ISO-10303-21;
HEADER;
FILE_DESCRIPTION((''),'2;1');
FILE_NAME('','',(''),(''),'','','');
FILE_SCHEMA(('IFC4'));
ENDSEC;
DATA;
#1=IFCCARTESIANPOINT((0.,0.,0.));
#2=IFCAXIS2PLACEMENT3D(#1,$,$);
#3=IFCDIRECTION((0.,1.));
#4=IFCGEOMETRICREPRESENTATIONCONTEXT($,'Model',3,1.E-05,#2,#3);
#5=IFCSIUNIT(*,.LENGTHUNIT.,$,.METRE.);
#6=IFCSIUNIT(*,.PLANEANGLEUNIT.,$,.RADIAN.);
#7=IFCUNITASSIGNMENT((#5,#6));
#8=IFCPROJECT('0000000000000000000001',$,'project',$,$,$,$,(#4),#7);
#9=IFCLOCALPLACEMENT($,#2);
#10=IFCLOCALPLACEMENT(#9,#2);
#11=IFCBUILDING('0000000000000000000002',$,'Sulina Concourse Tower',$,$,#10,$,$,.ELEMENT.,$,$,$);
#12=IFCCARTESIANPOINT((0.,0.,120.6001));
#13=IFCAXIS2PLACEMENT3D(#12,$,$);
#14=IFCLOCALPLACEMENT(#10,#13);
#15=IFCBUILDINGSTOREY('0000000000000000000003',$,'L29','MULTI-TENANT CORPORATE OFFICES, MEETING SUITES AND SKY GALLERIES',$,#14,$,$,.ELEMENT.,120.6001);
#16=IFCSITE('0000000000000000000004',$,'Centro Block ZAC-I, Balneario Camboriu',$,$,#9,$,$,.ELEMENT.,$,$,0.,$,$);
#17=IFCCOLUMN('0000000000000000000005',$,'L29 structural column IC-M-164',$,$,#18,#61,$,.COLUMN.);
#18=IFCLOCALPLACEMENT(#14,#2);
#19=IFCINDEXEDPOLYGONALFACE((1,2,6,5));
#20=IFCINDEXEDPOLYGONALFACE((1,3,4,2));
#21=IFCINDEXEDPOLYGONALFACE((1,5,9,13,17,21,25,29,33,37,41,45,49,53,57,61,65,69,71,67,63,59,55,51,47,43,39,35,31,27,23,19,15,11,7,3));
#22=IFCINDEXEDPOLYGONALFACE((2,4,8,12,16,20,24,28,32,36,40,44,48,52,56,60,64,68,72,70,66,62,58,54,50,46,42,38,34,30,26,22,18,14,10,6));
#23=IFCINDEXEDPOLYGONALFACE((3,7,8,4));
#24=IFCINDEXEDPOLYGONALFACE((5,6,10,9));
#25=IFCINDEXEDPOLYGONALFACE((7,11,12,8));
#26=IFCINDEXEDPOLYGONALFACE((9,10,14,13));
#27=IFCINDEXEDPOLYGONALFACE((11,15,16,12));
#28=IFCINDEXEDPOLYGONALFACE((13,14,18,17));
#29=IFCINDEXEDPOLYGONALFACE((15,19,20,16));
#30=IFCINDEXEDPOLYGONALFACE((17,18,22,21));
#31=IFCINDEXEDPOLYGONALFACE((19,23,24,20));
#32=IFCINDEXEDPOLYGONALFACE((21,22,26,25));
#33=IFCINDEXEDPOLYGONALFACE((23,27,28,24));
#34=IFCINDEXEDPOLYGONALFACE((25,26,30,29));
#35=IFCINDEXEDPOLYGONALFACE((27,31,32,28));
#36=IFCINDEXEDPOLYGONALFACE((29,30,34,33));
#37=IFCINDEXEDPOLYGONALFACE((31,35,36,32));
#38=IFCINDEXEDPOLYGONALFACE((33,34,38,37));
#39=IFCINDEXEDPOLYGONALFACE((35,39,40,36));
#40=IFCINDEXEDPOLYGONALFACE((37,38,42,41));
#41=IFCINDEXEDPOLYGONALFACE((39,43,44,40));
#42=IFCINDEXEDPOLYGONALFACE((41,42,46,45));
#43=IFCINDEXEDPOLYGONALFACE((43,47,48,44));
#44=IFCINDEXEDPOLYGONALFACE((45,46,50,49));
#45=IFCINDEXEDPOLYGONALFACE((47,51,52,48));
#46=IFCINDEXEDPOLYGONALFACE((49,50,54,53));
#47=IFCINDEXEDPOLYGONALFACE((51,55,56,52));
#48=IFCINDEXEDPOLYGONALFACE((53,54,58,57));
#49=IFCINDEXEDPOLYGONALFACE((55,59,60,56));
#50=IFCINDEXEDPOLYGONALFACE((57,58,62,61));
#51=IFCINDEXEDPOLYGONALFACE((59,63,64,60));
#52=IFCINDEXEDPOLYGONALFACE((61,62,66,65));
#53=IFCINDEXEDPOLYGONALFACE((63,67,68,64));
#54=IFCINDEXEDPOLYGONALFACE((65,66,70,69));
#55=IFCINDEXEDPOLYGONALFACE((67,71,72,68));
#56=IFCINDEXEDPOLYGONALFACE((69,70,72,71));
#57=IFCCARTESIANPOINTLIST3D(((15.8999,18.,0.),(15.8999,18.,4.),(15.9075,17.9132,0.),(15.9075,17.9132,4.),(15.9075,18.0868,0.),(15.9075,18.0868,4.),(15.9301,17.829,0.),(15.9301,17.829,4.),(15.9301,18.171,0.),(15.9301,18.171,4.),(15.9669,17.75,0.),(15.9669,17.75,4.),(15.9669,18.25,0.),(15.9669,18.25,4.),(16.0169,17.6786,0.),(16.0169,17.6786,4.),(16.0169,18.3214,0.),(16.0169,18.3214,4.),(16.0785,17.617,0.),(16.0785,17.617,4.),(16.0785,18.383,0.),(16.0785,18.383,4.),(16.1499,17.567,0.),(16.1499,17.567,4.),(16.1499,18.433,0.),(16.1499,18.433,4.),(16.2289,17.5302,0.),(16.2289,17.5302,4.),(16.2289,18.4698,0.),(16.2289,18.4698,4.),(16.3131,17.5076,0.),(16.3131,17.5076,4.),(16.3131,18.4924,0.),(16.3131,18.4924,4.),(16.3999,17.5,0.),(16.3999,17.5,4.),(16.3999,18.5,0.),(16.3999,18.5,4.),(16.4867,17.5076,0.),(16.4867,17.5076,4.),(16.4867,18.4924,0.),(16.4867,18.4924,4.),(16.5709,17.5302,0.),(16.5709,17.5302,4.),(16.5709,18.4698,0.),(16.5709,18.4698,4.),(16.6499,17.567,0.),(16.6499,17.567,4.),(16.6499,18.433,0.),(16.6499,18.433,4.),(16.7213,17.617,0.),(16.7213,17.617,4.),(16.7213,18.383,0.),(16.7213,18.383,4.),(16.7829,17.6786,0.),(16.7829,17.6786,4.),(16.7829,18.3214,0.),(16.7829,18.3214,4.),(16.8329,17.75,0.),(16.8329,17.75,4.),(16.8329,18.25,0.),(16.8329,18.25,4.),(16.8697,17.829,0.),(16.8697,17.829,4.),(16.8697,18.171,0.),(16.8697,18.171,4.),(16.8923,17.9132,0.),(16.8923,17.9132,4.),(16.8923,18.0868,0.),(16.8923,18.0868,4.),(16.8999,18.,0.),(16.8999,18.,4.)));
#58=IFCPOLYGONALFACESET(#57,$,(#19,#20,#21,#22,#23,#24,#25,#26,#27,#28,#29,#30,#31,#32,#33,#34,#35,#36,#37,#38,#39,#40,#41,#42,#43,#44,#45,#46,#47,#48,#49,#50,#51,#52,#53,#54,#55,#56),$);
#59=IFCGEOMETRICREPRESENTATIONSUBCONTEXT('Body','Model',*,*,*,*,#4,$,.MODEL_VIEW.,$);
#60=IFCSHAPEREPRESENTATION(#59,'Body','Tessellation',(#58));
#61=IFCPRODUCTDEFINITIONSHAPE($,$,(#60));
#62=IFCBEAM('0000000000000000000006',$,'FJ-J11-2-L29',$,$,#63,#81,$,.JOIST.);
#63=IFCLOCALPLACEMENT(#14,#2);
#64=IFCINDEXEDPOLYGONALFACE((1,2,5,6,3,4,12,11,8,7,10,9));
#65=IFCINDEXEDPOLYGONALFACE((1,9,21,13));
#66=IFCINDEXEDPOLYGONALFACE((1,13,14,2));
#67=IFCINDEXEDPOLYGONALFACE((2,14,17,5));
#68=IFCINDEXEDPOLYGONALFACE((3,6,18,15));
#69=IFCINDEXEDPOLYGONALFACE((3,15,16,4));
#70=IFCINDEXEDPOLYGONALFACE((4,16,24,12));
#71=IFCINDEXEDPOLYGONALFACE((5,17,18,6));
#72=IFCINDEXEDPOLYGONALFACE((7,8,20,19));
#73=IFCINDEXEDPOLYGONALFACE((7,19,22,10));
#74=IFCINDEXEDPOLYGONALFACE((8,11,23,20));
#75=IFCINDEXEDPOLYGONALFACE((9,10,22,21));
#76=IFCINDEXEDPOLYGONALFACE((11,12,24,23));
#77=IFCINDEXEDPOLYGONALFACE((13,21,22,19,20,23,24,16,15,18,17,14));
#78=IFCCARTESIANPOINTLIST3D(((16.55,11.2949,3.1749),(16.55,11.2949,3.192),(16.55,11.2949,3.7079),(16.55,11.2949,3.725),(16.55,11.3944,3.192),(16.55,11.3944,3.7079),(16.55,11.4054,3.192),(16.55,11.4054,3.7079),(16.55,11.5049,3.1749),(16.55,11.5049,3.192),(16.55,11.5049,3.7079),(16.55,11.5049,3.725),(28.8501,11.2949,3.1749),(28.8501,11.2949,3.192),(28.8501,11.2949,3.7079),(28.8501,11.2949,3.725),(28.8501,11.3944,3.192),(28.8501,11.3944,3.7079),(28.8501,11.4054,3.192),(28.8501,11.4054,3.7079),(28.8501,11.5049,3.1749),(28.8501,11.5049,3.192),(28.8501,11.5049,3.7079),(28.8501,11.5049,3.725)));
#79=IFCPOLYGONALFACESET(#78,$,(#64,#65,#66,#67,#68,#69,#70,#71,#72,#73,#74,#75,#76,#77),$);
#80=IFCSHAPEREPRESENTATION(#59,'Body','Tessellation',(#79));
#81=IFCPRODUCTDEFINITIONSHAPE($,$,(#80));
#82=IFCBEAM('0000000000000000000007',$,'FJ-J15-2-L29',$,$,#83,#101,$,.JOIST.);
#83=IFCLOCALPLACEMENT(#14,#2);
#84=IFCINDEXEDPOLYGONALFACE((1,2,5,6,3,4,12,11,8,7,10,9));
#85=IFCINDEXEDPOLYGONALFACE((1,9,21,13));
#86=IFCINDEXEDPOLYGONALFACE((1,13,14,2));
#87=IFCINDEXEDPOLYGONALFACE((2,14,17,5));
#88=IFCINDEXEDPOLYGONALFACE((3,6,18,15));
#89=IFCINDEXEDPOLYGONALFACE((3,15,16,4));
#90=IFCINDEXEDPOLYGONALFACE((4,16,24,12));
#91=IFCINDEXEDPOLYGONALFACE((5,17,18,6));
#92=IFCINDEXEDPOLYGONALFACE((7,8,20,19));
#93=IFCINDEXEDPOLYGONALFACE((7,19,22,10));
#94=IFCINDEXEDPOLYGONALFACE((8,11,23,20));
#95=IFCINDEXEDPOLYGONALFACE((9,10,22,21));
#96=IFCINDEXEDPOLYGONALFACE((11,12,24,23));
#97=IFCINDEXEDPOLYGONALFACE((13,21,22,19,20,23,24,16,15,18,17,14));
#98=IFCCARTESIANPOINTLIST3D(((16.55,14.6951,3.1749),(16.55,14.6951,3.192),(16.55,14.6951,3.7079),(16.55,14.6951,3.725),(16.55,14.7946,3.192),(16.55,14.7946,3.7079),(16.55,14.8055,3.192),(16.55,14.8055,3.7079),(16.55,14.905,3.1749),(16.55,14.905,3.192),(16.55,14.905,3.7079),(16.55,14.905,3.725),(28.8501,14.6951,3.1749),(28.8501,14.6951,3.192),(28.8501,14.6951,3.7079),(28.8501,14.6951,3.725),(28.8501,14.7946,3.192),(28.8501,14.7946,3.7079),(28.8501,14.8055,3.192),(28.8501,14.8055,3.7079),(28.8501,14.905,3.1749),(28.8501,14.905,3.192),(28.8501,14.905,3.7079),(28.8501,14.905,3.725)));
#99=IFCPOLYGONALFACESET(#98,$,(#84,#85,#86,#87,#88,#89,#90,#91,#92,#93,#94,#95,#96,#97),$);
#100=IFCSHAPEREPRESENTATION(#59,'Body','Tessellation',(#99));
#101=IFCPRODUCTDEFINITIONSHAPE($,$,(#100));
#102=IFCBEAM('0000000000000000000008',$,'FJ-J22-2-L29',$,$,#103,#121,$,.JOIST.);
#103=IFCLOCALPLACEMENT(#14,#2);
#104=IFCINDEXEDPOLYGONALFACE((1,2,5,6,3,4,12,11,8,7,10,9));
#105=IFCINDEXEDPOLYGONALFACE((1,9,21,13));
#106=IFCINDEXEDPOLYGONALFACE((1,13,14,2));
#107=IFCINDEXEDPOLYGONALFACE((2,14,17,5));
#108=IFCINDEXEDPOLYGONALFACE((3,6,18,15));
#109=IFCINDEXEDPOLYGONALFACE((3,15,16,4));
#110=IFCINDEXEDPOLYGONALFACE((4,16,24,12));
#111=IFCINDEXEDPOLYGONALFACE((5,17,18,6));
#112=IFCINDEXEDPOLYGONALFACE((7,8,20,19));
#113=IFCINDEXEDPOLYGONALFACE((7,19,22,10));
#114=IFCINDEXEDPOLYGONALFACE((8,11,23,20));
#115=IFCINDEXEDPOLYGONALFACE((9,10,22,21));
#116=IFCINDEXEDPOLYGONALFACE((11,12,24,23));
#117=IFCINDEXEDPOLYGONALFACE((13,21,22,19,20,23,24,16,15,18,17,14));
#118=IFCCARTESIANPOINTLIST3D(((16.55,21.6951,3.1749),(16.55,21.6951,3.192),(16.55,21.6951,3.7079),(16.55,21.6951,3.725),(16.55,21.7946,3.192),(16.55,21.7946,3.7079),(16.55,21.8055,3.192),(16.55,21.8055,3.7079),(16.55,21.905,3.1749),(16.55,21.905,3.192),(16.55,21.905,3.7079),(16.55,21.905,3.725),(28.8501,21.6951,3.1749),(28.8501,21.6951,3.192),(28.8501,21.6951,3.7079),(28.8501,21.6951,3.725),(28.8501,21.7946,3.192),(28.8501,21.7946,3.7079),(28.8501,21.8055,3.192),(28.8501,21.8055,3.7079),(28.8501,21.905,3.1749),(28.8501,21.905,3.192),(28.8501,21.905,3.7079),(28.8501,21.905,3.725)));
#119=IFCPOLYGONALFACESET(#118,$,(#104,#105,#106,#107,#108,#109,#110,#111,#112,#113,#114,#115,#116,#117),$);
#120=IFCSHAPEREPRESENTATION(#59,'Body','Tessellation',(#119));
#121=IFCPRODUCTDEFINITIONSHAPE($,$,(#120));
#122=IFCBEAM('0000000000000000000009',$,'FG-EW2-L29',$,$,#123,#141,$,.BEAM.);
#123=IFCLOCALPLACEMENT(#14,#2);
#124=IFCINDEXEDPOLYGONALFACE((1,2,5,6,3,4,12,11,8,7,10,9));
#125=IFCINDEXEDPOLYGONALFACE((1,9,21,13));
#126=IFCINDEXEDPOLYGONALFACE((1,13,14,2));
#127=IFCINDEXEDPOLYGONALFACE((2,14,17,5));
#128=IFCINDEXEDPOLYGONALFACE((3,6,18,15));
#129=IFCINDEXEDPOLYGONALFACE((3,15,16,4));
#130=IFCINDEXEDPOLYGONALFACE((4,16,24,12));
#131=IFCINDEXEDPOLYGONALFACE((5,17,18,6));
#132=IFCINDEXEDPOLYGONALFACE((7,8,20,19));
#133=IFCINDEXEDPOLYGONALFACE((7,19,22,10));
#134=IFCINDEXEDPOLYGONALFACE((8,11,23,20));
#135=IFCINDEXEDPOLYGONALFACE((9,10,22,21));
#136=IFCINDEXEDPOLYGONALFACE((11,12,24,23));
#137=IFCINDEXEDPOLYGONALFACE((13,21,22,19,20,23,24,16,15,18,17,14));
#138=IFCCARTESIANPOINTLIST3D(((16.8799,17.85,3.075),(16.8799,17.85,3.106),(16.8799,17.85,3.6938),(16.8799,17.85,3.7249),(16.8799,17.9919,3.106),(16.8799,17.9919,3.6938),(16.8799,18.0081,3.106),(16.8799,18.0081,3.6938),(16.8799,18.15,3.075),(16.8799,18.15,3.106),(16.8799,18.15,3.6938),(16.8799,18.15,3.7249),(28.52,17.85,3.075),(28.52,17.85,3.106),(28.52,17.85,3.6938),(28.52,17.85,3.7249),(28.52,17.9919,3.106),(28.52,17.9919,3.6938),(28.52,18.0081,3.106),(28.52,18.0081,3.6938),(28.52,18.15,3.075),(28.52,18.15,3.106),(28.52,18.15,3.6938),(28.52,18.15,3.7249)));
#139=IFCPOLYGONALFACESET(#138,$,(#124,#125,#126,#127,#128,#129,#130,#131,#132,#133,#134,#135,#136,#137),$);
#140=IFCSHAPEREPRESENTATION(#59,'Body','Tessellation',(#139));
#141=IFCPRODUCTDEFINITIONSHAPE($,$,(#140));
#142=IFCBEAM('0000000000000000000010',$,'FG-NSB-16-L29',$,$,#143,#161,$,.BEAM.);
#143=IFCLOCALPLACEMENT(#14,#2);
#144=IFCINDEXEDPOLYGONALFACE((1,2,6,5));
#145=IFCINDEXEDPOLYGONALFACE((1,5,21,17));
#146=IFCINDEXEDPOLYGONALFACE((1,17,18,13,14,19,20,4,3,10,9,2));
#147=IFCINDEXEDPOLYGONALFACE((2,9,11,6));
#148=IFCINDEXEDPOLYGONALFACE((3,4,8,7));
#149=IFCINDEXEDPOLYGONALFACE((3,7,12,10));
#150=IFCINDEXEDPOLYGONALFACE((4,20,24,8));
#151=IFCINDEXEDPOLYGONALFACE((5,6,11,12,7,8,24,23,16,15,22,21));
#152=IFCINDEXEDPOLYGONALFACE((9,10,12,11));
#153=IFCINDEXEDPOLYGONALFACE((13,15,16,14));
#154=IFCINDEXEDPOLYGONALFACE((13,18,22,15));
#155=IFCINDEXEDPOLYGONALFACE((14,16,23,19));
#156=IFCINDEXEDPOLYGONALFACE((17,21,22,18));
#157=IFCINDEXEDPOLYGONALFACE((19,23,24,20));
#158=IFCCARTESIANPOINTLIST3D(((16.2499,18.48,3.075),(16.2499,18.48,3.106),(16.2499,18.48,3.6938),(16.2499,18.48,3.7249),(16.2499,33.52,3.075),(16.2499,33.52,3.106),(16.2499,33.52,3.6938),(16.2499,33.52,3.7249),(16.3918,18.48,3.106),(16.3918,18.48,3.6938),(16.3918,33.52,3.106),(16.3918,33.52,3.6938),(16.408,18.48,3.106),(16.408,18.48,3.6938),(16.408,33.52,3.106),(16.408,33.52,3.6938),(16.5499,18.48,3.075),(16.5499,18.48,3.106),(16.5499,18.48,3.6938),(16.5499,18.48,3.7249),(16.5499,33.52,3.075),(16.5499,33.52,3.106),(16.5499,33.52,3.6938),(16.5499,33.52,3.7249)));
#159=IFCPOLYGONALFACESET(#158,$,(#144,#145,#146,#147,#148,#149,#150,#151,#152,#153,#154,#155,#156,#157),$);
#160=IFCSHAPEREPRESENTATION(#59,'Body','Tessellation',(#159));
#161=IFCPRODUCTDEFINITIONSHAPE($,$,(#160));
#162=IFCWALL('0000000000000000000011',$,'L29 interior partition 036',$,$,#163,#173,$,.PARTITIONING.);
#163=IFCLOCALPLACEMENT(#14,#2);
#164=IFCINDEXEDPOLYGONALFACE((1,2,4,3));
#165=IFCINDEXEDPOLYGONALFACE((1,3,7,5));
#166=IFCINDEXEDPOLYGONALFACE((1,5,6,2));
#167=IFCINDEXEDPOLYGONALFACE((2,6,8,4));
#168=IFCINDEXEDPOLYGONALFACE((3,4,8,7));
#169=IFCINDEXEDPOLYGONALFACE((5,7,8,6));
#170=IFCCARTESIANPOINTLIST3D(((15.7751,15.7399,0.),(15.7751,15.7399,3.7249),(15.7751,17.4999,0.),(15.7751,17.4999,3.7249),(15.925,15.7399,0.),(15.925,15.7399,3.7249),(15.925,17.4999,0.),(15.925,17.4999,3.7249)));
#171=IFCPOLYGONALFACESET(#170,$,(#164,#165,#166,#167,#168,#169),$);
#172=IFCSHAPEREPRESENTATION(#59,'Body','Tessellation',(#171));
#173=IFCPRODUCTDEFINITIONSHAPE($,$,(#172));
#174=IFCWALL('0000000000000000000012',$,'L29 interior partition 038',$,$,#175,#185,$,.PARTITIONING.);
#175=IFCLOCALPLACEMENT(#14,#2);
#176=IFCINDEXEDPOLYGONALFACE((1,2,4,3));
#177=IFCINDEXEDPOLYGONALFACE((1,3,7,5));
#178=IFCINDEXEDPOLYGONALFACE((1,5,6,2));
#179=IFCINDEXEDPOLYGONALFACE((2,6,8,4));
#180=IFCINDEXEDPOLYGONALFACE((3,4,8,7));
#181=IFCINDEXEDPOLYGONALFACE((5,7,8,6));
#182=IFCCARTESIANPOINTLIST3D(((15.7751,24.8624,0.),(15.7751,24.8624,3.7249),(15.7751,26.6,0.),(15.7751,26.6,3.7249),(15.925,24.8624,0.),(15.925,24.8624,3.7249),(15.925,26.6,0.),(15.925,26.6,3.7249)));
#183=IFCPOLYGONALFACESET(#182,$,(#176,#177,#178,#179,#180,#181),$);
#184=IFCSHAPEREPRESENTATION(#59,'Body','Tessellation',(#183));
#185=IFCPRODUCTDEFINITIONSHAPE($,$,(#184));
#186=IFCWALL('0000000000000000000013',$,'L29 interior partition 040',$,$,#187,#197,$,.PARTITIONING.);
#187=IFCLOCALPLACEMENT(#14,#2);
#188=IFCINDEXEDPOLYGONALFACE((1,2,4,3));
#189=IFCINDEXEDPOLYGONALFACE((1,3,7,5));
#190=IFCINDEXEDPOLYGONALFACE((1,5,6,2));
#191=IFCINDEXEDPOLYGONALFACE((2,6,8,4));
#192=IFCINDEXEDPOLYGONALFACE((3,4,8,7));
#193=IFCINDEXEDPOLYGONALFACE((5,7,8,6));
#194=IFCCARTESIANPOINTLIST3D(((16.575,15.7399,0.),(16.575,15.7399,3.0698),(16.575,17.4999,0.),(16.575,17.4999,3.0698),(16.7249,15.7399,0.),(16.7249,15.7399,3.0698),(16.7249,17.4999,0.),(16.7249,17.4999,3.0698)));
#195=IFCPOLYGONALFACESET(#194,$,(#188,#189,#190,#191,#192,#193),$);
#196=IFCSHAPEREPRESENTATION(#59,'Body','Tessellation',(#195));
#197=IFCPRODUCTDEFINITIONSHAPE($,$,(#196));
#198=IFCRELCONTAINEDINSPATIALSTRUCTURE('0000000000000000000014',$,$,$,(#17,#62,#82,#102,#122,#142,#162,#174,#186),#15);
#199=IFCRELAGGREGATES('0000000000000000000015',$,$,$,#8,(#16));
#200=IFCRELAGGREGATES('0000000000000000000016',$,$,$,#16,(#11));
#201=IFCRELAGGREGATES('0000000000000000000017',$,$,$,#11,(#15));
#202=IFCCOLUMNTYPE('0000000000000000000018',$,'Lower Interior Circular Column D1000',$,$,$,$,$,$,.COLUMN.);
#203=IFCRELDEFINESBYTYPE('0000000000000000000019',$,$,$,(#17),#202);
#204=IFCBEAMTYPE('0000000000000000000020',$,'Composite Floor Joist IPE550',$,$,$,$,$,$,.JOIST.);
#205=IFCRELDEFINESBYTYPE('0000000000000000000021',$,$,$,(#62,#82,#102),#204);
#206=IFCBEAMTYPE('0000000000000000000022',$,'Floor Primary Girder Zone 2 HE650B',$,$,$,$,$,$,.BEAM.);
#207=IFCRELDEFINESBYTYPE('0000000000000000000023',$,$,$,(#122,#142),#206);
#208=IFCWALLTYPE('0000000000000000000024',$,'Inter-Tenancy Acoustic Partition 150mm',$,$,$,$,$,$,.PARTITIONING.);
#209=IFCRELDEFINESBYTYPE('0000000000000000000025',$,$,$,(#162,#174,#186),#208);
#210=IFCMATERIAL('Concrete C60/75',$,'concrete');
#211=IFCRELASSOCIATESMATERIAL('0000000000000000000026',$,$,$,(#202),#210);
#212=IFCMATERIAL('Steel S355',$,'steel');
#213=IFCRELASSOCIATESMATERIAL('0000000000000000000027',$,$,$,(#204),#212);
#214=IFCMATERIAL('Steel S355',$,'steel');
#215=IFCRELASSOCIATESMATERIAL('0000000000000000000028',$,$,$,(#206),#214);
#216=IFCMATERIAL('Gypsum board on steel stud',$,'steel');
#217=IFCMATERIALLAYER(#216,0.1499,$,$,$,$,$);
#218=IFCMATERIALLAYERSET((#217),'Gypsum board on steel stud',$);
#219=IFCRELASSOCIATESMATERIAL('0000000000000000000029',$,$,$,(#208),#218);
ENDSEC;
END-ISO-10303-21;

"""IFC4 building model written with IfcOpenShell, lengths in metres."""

from ifc_helpers import new_model, si_unit, direction, frame, frame_2d, origin, origin_2d, place, context, subcontext, project, spatial, rectangle, circle, i_section, extrude, material, layer, layer_set, material_profile, profile_set, type_object, element, save


model = new_model("IFC4")

# Units and contexts
model_context = context("Model", 3, precision=1e-05, world=origin(), true_north=direction((0.0, 1.0)))
body_context = subcontext(model_context, "Body", "Model", "MODEL_VIEW")
ifc_project = project(units=[si_unit("LENGTHUNIT", "METRE"), si_unit("PLANEANGLEUNIT", "RADIAN")], contexts=[model_context])

# Site, building, storey
site_placement = place(None, origin())
site = spatial("IfcSite", under=ifc_project, at=site_placement, Name="Centro Block ZAC-I, Balneario Camboriu", CompositionType="ELEMENT", RefElevation=0.0)
building_placement = place(site_placement, origin())
building = spatial("IfcBuilding", under=site, at=building_placement, Name="Sulina Concourse Tower", CompositionType="ELEMENT")
storey_placement = place(building_placement, frame((0.0, 0.0, 120.6001)))
storey = spatial("IfcBuildingStorey", under=building, at=storey_placement, Name="L29", Description="MULTI-TENANT CORPORATE OFFICES, MEETING SUITES AND SKY GALLERIES", CompositionType="ELEMENT", Elevation=120.6001)

# Column
ifc_material_1 = material(Name="Concrete C60/75", Category="concrete")
ifc_material_profile_1 = material_profile(ifc_material_1, circle(Radius=0.5, at=origin_2d()), Name="RC D1000")
ifc_profile_set_1 = profile_set([ifc_material_profile_1], Name="Concrete C60/75")
column_type = type_object("IfcColumnType", Name="Lower Interior Circular Column D1000", PredefinedType="COLUMN", material=ifc_profile_set_1)
column_placement = place(storey_placement, frame((16.3999, 18.0, 0.0), z_axis=(0.0, 0.0, 1.0), x_axis=(1.0, 0.0, 0.0)))
element("IfcColumn", 1, at=column_placement, inside=storey, type_object=column_type, Name="L29 structural column IC-M-164", PredefinedType="COLUMN", context=body_context, shape_type="SweptSolid", body=[
    extrude(circle(Radius=0.5, at=origin_2d()), origin(), (0.0, 0.0, 1.0), 4.0),
])

# Beams
ifc_material_2 = material(Name="Steel S355", Category="steel")
ifc_material_profile_2 = material_profile(ifc_material_2, i_section(OverallWidth=0.21, OverallDepth=0.55, WebThickness=0.011, FlangeThickness=0.0171, at=origin_2d()), Name="IPE 550")
ifc_profile_set_2 = profile_set([ifc_material_profile_2], Name="Steel S355")
beam_type_1 = type_object("IfcBeamType", Name="Composite Floor Joist IPE550", PredefinedType="JOIST", material=ifc_profile_set_2)
for number, where, z_axis, x_axis, name in (
    (2, (16.55, 11.3999, 3.45), (1.0, 0.0, 0.0), (0.0, 1.0, 0.0), "FJ-J11-2-L29"),
    (3, (16.55, 14.8, 3.45), (1.0, 0.0, 0.0), (0.0, 1.0, 0.0), "FJ-J15-2-L29"),
    (4, (16.55, 21.8, 3.45), (1.0, 0.0, 0.0), (0.0, 1.0, 0.0), "FJ-J22-2-L29"),
):
    element("IfcBeam", number, at=place(storey_placement, frame(where, z_axis=z_axis, x_axis=x_axis)), inside=storey, type_object=beam_type_1, Name=name, PredefinedType="JOIST", context=body_context, shape_type="SweptSolid", body=[
        extrude(i_section(OverallWidth=0.21, OverallDepth=0.55, WebThickness=0.011, FlangeThickness=0.0171, at=origin_2d()), origin(), (0.0, 0.0, 1.0), 12.3),
    ])
ifc_material_3 = material(Name="Steel S355", Category="steel")
ifc_material_profile_3 = material_profile(ifc_material_3, i_section(OverallWidth=0.3, OverallDepth=0.6499, WebThickness=0.0161, FlangeThickness=0.031, at=origin_2d()), Name="HE 650 B")
ifc_profile_set_3 = profile_set([ifc_material_profile_3], Name="Steel S355")
beam_type_2 = type_object("IfcBeamType", Name="Floor Primary Girder Zone 2 HE650B", PredefinedType="BEAM", material=ifc_profile_set_3)
beam_1_placement = place(storey_placement, frame((16.8799, 18.0, 3.3999), z_axis=(1.0, 0.0, 0.0), x_axis=(0.0, 1.0, 0.0)))
element("IfcBeam", 5, at=beam_1_placement, inside=storey, type_object=beam_type_2, Name="FG-EW2-L29", PredefinedType="BEAM", context=body_context, shape_type="SweptSolid", body=[
    extrude(i_section(OverallWidth=0.3, OverallDepth=0.6499, WebThickness=0.0161, FlangeThickness=0.031, at=origin_2d()), origin(), (0.0, 0.0, 1.0), 11.6401),
])
beam_2_placement = place(storey_placement, frame((16.3999, 18.48, 3.3999), z_axis=(0.0, 1.0, 0.0), x_axis=(-1.0, 0.0, 0.0)))
element("IfcBeam", 6, at=beam_2_placement, inside=storey, type_object=beam_type_2, Name="FG-NSB-16-L29", PredefinedType="BEAM", context=body_context, shape_type="SweptSolid", body=[
    extrude(i_section(OverallWidth=0.3, OverallDepth=0.6499, WebThickness=0.0161, FlangeThickness=0.031, at=origin_2d()), origin(), (0.0, 0.0, 1.0), 15.04),
])

# Walls
ifc_material_4 = material(Name="Gypsum board on steel stud", Category="steel")
ifc_layer_1 = layer(ifc_material_4, 0.1499)
ifc_layer_set_1 = layer_set([ifc_layer_1], Name="Gypsum board on steel stud")
wall_type_1 = type_object("IfcWallType", Name="Inter-Tenancy Acoustic Partition 150mm", PredefinedType="PARTITIONING", material=ifc_layer_set_1)
wall_1_placement = place(storey_placement, frame((15.8501, 15.74, 0.0), z_axis=(0.0, 0.0, 1.0), x_axis=(0.0, 1.0, 0.0)))
element("IfcWall", 7, at=wall_1_placement, inside=storey, type_object=wall_type_1, Name="L29 interior partition 036", PredefinedType="PARTITIONING", context=body_context, shape_type="SweptSolid", body=[
    extrude(rectangle(XDim=1.76, YDim=0.1499, at=frame_2d((0.8799, 0.0))), origin(), (0.0, 0.0, 1.0), 3.7249),
])
wall_2_placement = place(storey_placement, frame((15.8501, 24.8625, 0.0), z_axis=(0.0, 0.0, 1.0), x_axis=(0.0, 1.0, 0.0)))
element("IfcWall", 8, at=wall_2_placement, inside=storey, type_object=wall_type_1, Name="L29 interior partition 038", PredefinedType="PARTITIONING", context=body_context, shape_type="SweptSolid", body=[
    extrude(rectangle(XDim=1.7375, YDim=0.1499, at=frame_2d((0.8687, 0.0))), origin(), (0.0, 0.0, 1.0), 3.7249),
])
wall_3_placement = place(storey_placement, frame((16.6499, 15.74, 0.0), z_axis=(0.0, 0.0, 1.0), x_axis=(0.0, 1.0, 0.0)))
element("IfcWall", 9, at=wall_3_placement, inside=storey, type_object=wall_type_1, Name="L29 interior partition 040", PredefinedType="PARTITIONING", context=body_context, shape_type="SweptSolid", body=[
    extrude(rectangle(XDim=1.76, YDim=0.1499, at=frame_2d((0.8799, 0.0))), origin(), (0.0, 0.0, 1.0), 3.0698),
])

save(model, "model.ifc")
